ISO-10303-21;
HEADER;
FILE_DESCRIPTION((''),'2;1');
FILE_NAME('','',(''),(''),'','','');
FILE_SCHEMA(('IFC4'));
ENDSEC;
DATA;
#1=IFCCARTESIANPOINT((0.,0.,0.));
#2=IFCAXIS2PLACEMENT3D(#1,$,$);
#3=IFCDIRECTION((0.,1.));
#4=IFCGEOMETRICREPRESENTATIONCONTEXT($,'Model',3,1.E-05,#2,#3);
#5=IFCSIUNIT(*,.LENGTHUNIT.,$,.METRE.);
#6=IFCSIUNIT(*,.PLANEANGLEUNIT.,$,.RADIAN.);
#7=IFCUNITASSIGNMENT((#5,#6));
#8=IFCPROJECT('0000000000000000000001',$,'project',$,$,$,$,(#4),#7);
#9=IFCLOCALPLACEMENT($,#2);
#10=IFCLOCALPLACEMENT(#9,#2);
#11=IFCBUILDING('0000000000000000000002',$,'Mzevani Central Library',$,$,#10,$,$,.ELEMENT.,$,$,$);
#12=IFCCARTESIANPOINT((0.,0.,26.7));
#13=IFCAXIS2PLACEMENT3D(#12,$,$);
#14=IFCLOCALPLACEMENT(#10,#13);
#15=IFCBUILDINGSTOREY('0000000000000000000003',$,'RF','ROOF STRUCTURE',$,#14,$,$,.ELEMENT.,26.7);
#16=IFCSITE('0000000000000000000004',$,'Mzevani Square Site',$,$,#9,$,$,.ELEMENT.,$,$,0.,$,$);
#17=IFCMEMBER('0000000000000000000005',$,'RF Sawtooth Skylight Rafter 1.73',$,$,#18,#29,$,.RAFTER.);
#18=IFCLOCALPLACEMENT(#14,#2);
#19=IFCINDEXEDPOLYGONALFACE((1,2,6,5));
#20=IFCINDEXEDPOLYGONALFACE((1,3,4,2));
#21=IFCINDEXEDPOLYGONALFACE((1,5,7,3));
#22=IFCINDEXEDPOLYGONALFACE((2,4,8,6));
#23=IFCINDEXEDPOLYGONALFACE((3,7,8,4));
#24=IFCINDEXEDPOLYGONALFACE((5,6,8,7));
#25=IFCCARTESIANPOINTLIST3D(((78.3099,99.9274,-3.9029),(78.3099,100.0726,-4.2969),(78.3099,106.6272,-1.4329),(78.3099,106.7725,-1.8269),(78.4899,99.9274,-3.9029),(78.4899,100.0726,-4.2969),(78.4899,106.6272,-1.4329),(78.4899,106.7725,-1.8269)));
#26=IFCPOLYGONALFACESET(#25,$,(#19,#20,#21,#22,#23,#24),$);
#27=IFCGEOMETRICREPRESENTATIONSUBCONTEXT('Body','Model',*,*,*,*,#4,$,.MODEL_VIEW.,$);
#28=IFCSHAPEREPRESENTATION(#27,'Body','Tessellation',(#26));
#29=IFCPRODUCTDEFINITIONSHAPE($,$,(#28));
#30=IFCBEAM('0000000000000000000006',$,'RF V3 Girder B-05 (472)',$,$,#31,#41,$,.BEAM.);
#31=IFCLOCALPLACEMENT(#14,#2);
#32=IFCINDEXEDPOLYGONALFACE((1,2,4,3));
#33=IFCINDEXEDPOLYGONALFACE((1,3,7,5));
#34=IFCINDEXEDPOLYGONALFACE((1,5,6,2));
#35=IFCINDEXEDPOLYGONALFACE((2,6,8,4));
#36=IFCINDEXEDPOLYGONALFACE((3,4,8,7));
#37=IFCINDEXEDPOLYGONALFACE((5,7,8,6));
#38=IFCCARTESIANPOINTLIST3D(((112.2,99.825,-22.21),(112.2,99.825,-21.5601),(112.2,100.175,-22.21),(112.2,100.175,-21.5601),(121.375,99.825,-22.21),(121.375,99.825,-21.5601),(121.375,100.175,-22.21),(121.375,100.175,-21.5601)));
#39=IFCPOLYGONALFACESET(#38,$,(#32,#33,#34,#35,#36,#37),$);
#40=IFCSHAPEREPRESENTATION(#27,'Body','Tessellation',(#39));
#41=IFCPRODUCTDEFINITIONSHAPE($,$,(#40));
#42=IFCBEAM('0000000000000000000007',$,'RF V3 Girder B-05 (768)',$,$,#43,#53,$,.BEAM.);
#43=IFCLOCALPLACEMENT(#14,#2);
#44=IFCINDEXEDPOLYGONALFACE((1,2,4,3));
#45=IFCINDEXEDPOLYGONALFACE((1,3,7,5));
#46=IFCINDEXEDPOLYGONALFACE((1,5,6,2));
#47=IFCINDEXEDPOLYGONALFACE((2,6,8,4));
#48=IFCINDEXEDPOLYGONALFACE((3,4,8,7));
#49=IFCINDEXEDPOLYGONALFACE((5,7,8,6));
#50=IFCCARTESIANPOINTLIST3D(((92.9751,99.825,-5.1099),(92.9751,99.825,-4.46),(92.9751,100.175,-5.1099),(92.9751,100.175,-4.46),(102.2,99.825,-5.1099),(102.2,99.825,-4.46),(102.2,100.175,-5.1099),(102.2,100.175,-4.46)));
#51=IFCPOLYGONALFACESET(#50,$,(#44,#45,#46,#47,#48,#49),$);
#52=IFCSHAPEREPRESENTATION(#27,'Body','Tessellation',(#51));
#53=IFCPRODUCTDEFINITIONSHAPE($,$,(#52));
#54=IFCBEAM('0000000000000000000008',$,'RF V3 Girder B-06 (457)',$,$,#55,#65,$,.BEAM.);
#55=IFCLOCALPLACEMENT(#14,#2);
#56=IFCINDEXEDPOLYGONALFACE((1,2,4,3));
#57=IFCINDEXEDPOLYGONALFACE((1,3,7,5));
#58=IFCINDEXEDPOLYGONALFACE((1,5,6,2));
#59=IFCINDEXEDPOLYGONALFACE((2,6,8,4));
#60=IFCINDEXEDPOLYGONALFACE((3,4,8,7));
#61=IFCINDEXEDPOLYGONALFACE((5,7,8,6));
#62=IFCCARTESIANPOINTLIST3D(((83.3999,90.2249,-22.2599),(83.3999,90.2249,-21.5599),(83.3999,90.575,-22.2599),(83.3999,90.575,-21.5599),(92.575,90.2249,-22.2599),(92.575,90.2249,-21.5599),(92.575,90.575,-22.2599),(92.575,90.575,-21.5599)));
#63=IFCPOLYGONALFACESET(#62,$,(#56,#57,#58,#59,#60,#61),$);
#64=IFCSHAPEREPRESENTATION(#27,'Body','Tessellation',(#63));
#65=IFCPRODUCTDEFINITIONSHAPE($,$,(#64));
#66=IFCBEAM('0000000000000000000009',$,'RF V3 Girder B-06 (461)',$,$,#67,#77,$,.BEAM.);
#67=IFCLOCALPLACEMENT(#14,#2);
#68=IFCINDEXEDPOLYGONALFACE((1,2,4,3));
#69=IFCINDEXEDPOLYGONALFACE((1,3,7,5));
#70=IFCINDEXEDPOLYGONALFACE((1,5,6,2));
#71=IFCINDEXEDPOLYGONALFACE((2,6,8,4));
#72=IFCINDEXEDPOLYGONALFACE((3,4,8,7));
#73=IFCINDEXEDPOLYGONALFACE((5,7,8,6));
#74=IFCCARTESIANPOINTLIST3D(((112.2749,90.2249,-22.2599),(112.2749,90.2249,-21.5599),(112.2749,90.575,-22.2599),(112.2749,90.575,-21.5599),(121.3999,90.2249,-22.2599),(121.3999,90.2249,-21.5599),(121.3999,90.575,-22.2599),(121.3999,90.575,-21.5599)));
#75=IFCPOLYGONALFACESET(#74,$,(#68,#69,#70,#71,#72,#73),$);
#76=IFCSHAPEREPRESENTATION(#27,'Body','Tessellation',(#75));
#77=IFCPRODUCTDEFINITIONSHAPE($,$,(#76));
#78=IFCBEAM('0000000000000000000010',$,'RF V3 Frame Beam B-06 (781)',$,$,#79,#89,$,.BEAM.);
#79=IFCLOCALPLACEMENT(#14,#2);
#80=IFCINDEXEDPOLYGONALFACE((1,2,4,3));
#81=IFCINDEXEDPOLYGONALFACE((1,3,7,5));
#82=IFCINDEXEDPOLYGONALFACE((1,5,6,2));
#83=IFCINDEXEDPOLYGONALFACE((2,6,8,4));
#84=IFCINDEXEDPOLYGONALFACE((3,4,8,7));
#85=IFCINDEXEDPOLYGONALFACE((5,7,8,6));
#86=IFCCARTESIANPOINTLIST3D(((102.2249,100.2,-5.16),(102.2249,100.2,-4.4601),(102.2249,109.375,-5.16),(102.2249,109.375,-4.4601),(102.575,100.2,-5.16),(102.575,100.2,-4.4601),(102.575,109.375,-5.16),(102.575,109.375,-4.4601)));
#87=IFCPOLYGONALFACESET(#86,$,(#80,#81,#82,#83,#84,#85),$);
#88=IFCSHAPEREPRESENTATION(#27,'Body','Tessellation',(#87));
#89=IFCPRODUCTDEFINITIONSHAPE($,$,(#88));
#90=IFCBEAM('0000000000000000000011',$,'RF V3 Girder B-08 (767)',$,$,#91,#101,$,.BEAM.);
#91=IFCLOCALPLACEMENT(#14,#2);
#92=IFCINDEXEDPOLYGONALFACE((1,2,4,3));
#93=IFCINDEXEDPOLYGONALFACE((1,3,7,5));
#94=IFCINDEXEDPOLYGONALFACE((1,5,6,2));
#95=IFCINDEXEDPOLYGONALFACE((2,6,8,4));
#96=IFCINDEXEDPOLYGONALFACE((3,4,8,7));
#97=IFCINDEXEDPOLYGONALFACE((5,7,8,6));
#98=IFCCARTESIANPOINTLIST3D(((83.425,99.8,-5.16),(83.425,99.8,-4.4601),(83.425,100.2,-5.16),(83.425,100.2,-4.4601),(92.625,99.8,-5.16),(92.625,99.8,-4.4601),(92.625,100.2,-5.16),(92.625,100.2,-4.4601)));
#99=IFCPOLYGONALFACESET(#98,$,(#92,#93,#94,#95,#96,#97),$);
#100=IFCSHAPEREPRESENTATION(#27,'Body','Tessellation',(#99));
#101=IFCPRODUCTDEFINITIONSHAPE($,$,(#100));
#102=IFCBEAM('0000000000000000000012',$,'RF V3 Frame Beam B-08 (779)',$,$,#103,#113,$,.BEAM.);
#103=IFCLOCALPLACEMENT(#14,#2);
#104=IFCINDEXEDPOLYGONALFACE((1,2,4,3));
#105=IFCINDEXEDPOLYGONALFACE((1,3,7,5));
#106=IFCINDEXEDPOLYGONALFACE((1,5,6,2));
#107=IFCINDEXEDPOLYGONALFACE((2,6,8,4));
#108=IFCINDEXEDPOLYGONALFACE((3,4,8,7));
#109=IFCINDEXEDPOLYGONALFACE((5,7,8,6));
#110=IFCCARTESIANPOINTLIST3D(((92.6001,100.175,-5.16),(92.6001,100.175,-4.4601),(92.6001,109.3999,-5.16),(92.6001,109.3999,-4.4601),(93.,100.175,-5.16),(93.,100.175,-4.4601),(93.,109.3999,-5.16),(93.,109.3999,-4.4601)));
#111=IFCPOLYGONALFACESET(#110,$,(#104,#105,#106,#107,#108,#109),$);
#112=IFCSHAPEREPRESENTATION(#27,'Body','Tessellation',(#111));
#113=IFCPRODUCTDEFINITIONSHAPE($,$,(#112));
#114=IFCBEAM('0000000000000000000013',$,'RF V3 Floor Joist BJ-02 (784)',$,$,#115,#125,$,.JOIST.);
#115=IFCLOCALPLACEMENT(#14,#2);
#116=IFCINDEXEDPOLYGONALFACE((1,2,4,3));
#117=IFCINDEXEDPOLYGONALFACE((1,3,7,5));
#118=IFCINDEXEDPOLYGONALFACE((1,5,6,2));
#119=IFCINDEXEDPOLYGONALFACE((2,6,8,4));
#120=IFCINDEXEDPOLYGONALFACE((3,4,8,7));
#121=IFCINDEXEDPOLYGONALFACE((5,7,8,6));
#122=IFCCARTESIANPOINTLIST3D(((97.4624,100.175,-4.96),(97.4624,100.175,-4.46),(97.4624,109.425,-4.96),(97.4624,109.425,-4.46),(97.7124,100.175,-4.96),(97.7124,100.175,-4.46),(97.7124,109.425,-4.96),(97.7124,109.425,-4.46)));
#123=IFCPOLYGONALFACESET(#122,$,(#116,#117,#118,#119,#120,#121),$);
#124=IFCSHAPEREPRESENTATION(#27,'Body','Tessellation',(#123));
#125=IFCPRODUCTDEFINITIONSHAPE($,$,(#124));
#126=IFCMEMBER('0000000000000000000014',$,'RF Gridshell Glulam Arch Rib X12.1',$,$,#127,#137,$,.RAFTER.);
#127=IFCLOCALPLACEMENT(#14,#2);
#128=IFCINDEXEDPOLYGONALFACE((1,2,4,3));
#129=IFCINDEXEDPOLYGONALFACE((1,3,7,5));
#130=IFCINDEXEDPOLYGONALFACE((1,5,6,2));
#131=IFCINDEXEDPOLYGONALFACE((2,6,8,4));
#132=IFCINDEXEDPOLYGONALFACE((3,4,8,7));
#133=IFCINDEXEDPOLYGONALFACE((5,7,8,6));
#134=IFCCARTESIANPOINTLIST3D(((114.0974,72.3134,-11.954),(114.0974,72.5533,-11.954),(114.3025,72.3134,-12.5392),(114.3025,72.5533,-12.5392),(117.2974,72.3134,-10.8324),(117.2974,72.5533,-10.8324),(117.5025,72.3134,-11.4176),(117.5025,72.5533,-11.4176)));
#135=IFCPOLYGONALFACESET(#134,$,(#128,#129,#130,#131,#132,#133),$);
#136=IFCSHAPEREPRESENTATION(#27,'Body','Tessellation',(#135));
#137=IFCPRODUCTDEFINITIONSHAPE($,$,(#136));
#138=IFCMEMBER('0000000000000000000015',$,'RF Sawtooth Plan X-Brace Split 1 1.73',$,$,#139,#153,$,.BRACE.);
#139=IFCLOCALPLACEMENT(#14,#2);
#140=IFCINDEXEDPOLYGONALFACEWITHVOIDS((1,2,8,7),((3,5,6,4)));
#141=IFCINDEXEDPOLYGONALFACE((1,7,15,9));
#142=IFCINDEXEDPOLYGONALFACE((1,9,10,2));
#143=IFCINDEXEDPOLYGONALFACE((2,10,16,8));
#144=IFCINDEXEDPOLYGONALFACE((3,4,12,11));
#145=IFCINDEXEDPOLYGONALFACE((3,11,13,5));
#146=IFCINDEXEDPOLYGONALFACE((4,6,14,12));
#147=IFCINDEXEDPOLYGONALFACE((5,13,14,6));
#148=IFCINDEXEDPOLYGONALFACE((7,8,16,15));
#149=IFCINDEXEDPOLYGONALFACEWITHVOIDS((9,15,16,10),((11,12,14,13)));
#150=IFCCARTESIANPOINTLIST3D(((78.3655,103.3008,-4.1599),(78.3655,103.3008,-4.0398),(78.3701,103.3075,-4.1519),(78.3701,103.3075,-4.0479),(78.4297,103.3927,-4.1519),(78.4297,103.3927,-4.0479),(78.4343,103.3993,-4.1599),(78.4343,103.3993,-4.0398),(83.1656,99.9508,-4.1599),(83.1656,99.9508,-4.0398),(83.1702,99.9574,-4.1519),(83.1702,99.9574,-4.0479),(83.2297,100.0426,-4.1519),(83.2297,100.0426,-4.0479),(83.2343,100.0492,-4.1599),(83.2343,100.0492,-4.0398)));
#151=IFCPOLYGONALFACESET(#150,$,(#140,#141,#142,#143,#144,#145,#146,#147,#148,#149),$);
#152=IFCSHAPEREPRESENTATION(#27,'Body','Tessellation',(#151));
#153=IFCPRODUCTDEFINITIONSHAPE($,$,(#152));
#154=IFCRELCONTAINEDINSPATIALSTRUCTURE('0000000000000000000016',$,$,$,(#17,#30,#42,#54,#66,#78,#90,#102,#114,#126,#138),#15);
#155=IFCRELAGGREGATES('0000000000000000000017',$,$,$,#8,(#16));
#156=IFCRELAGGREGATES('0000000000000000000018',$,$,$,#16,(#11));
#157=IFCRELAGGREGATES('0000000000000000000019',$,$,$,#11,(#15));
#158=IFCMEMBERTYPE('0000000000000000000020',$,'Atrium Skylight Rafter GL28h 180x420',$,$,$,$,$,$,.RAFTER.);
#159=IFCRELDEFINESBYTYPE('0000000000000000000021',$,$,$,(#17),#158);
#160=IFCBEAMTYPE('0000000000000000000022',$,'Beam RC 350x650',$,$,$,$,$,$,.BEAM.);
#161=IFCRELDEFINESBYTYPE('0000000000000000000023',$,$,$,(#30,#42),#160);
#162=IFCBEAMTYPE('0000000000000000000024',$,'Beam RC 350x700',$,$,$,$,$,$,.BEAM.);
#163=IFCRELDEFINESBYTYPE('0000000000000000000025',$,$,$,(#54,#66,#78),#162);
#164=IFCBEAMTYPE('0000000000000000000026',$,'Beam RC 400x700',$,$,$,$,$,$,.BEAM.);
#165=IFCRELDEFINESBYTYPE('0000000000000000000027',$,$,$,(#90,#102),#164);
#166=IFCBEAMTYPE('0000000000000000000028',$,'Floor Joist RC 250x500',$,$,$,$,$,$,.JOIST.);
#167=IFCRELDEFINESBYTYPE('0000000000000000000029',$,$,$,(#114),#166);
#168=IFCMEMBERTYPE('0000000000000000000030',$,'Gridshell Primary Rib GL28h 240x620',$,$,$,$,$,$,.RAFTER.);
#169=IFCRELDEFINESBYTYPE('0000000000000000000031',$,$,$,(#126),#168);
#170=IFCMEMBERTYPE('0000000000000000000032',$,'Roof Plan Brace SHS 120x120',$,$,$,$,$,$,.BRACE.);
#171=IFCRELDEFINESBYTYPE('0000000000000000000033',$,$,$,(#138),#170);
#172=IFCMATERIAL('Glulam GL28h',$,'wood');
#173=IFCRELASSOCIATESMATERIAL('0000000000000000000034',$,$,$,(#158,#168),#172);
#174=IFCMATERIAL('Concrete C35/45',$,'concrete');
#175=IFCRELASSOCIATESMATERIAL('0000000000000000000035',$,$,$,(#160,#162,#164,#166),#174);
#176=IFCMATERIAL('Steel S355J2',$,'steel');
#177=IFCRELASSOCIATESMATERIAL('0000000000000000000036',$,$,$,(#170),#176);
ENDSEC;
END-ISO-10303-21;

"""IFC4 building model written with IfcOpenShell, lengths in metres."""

from ifc_helpers import new_model, si_unit, direction, frame, origin, origin_2d, place, context, subcontext, project, spatial, rectangle, hollow_rectangle, extrude, material, material_profile, profile_set, type_object, element, save


model = new_model("IFC4")

# Units and contexts
model_context = context("Model", 3, precision=1e-05, world=origin(), true_north=direction((0.0, 1.0)))
body_context = subcontext(model_context, "Body", "Model", "MODEL_VIEW")
ifc_project = project(units=[si_unit("LENGTHUNIT", "METRE"), si_unit("PLANEANGLEUNIT", "RADIAN")], contexts=[model_context])

# Site, building, storey
site_placement = place(None, origin())
site = spatial("IfcSite", under=ifc_project, at=site_placement, Name="Mzevani Square Site", CompositionType="ELEMENT", RefElevation=0.0)
building_placement = place(site_placement, origin())
building = spatial("IfcBuilding", under=site, at=building_placement, Name="Mzevani Central Library", CompositionType="ELEMENT")
storey_placement = place(building_placement, frame((0.0, 0.0, 26.7)))
storey = spatial("IfcBuildingStorey", under=building, at=storey_placement, Name="RF", Description="ROOF STRUCTURE", CompositionType="ELEMENT", Elevation=26.7)

# Member
ifc_material_1 = material(Name="Glulam GL28h", Category="wood")
ifc_material_profile_1 = material_profile(ifc_material_1, rectangle(XDim=0.1799, YDim=0.4199, at=origin_2d()), Name="GL28h 180x420")
ifc_profile_set_1 = profile_set([ifc_material_profile_1], Name="Glulam GL28h")
member_type_1 = type_object("IfcMemberType", Name="Atrium Skylight Rafter GL28h 180x420", PredefinedType="RAFTER", material=ifc_profile_set_1)
member_1_placement = place(storey_placement, frame((78.3999, 100.0, -4.0999), z_axis=(0.0, 0.938272, 0.345899), x_axis=(-1.0, 0.0, 0.0)))
element("IfcMember", 1, at=member_1_placement, inside=storey, type_object=member_type_1, Name="RF Sawtooth Skylight Rafter 1.73", PredefinedType="RAFTER", context=body_context, shape_type="SweptSolid", body=[
    extrude(rectangle(XDim=0.1799, YDim=0.4199, at=origin_2d()), origin(), (0.0, 0.0, 1.0), 7.1406),
])

# Beams
ifc_material_2 = material(Name="Concrete C35/45", Category="concrete")
ifc_material_profile_2 = material_profile(ifc_material_2, rectangle(XDim=0.3501, YDim=0.6499, at=origin_2d()), Name="RC B350x650")
ifc_profile_set_2 = profile_set([ifc_material_profile_2], Name="Concrete C35/45")
beam_type_1 = type_object("IfcBeamType", Name="Beam RC 350x650", PredefinedType="BEAM", material=ifc_profile_set_2)
beam_1_placement = place(storey_placement, frame((112.2, 100.0, -21.885), z_axis=(1.0, 0.0, 0.0), x_axis=(0.0, 1.0, 0.0)))
element("IfcBeam", 2, at=beam_1_placement, inside=storey, type_object=beam_type_1, Name="RF V3 Girder B-05 (472)", PredefinedType="BEAM", context=body_context, shape_type="SweptSolid", body=[
    extrude(rectangle(XDim=0.3501, YDim=0.6499, at=origin_2d()), origin(), (0.0, 0.0, 1.0), 9.175),
])
beam_2_placement = place(storey_placement, frame((92.9751, 100.0, -4.7849), z_axis=(1.0, 0.0, 0.0), x_axis=(0.0, 1.0, 0.0)))
element("IfcBeam", 3, at=beam_2_placement, inside=storey, type_object=beam_type_1, Name="RF V3 Girder B-05 (768)", PredefinedType="BEAM", context=body_context, shape_type="SweptSolid", body=[
    extrude(rectangle(XDim=0.3501, YDim=0.6499, at=origin_2d()), origin(), (0.0, 0.0, 1.0), 9.2249),
])
ifc_material_profile_3 = material_profile(ifc_material_2, rectangle(XDim=0.3501, YDim=0.7, at=origin_2d()), Name="RC B350x700")
ifc_profile_set_3 = profile_set([ifc_material_profile_3], Name="Concrete C35/45")
beam_type_2 = type_object("IfcBeamType", Name="Beam RC 350x700", PredefinedType="BEAM", material=ifc_profile_set_3)
beam_3_placement = place(storey_placement, frame((83.3999, 90.3999, -21.9099), z_axis=(1.0, 0.0, 0.0), x_axis=(0.0, 1.0, 0.0)))
element("IfcBeam", 4, at=beam_3_placement, inside=storey, type_object=beam_type_2, Name="RF V3 Girder B-06 (457)", PredefinedType="BEAM", context=body_context, shape_type="SweptSolid", body=[
    extrude(rectangle(XDim=0.3501, YDim=0.7, at=origin_2d()), origin(), (0.0, 0.0, 1.0), 9.175),
])
beam_4_placement = place(storey_placement, frame((112.2749, 90.3999, -21.9099), z_axis=(1.0, 0.0, 0.0), x_axis=(0.0, 1.0, 0.0)))
element("IfcBeam", 5, at=beam_4_placement, inside=storey, type_object=beam_type_2, Name="RF V3 Girder B-06 (461)", PredefinedType="BEAM", context=body_context, shape_type="SweptSolid", body=[
    extrude(rectangle(XDim=0.3501, YDim=0.7, at=origin_2d()), origin(), (0.0, 0.0, 1.0), 9.125),
])
beam_5_placement = place(storey_placement, frame((102.3999, 100.2, -4.8101), z_axis=(0.0, 1.0, 0.0), x_axis=(-1.0, 0.0, 0.0)))
element("IfcBeam", 6, at=beam_5_placement, inside=storey, type_object=beam_type_2, Name="RF V3 Frame Beam B-06 (781)", PredefinedType="BEAM", context=body_context, shape_type="SweptSolid", body=[
    extrude(rectangle(XDim=0.3501, YDim=0.7, at=origin_2d()), origin(), (0.0, 0.0, 1.0), 9.175),
])
ifc_material_profile_4 = material_profile(ifc_material_2, rectangle(XDim=0.3999, YDim=0.7, at=origin_2d()), Name="RC B400x700")
ifc_profile_set_4 = profile_set([ifc_material_profile_4], Name="Concrete C35/45")
beam_type_3 = type_object("IfcBeamType", Name="Beam RC 400x700", PredefinedType="BEAM", material=ifc_profile_set_4)
beam_6_placement = place(storey_placement, frame((83.425, 100.0, -4.8101), z_axis=(1.0, 0.0, 0.0), x_axis=(0.0, 1.0, 0.0)))
element("IfcBeam", 7, at=beam_6_placement, inside=storey, type_object=beam_type_3, Name="RF V3 Girder B-08 (767)", PredefinedType="BEAM", context=body_context, shape_type="SweptSolid", body=[
    extrude(rectangle(XDim=0.3999, YDim=0.7, at=origin_2d()), origin(), (0.0, 0.0, 1.0), 9.2),
])
beam_7_placement = place(storey_placement, frame((92.8, 100.175, -4.8101), z_axis=(0.0, 1.0, 0.0), x_axis=(-1.0, 0.0, 0.0)))
element("IfcBeam", 8, at=beam_7_placement, inside=storey, type_object=beam_type_3, Name="RF V3 Frame Beam B-08 (779)", PredefinedType="BEAM", context=body_context, shape_type="SweptSolid", body=[
    extrude(rectangle(XDim=0.3999, YDim=0.7, at=origin_2d()), origin(), (0.0, 0.0, 1.0), 9.2249),
])
ifc_material_profile_5 = material_profile(ifc_material_2, rectangle(XDim=0.25, YDim=0.5, at=origin_2d()), Name="RC J250x500")
ifc_profile_set_5 = profile_set([ifc_material_profile_5], Name="Concrete C35/45")
beam_type_4 = type_object("IfcBeamType", Name="Floor Joist RC 250x500", PredefinedType="JOIST", material=ifc_profile_set_5)
beam_8_placement = place(storey_placement, frame((97.5874, 100.175, -4.71), z_axis=(0.0, 1.0, 0.0), x_axis=(-1.0, 0.0, 0.0)))
element("IfcBeam", 9, at=beam_8_placement, inside=storey, type_object=beam_type_4, Name="RF V3 Floor Joist BJ-02 (784)", PredefinedType="JOIST", context=body_context, shape_type="SweptSolid", body=[
    extrude(rectangle(XDim=0.25, YDim=0.5, at=origin_2d()), origin(), (0.0, 0.0, 1.0), 9.25),
])

# Members
ifc_material_profile_6 = material_profile(ifc_material_1, rectangle(XDim=0.24, YDim=0.6201, at=origin_2d()), Name="GL28h 240x620")
ifc_profile_set_6 = profile_set([ifc_material_profile_6], Name="Glulam GL28h")
member_type_2 = type_object("IfcMemberType", Name="Gridshell Primary Rib GL28h 240x620", PredefinedType="RAFTER", material=ifc_profile_set_6)
member_2_placement = place(storey_placement, frame((114.2, 72.4333, -12.2466), z_axis=(0.943711, 0.0, 0.330771), x_axis=(0.0, 1.0, 0.0)))
element("IfcMember", 10, at=member_2_placement, inside=storey, type_object=member_type_2, Name="RF Gridshell Glulam Arch Rib X12.1", PredefinedType="RAFTER", context=body_context, shape_type="SweptSolid", body=[
    extrude(rectangle(XDim=0.24, YDim=0.6201, at=origin_2d()), origin(), (0.0, 0.0, 1.0), 3.3909),
])
ifc_material_3 = material(Name="Steel S355J2", Category="steel")
ifc_material_profile_7 = material_profile(ifc_material_3, hollow_rectangle(XDim=0.1201, YDim=0.1201, WallThickness=0.0081, at=origin_2d()), Name="SHS 120x120x8.0")
ifc_profile_set_7 = profile_set([ifc_material_profile_7], Name="Steel S355J2")
member_type_3 = type_object("IfcMemberType", Name="Roof Plan Brace SHS 120x120", PredefinedType="BRACE", material=ifc_profile_set_7)
member_3_placement = place(storey_placement, frame((83.2, 100.0, -4.0999), z_axis=(-0.820029, 0.572323, 0.0), x_axis=(-0.572323, -0.820029, 0.0)))
element("IfcMember", 11, at=member_3_placement, inside=storey, type_object=member_type_3, Name="RF Sawtooth Plan X-Brace Split 1 1.73", PredefinedType="BRACE", context=body_context, shape_type="SweptSolid", body=[
    extrude(hollow_rectangle(XDim=0.1201, YDim=0.1201, WallThickness=0.0081, at=origin_2d()), origin(), (0.0, 0.0, 1.0), 5.8535),
])

save(model, "model.ifc")
